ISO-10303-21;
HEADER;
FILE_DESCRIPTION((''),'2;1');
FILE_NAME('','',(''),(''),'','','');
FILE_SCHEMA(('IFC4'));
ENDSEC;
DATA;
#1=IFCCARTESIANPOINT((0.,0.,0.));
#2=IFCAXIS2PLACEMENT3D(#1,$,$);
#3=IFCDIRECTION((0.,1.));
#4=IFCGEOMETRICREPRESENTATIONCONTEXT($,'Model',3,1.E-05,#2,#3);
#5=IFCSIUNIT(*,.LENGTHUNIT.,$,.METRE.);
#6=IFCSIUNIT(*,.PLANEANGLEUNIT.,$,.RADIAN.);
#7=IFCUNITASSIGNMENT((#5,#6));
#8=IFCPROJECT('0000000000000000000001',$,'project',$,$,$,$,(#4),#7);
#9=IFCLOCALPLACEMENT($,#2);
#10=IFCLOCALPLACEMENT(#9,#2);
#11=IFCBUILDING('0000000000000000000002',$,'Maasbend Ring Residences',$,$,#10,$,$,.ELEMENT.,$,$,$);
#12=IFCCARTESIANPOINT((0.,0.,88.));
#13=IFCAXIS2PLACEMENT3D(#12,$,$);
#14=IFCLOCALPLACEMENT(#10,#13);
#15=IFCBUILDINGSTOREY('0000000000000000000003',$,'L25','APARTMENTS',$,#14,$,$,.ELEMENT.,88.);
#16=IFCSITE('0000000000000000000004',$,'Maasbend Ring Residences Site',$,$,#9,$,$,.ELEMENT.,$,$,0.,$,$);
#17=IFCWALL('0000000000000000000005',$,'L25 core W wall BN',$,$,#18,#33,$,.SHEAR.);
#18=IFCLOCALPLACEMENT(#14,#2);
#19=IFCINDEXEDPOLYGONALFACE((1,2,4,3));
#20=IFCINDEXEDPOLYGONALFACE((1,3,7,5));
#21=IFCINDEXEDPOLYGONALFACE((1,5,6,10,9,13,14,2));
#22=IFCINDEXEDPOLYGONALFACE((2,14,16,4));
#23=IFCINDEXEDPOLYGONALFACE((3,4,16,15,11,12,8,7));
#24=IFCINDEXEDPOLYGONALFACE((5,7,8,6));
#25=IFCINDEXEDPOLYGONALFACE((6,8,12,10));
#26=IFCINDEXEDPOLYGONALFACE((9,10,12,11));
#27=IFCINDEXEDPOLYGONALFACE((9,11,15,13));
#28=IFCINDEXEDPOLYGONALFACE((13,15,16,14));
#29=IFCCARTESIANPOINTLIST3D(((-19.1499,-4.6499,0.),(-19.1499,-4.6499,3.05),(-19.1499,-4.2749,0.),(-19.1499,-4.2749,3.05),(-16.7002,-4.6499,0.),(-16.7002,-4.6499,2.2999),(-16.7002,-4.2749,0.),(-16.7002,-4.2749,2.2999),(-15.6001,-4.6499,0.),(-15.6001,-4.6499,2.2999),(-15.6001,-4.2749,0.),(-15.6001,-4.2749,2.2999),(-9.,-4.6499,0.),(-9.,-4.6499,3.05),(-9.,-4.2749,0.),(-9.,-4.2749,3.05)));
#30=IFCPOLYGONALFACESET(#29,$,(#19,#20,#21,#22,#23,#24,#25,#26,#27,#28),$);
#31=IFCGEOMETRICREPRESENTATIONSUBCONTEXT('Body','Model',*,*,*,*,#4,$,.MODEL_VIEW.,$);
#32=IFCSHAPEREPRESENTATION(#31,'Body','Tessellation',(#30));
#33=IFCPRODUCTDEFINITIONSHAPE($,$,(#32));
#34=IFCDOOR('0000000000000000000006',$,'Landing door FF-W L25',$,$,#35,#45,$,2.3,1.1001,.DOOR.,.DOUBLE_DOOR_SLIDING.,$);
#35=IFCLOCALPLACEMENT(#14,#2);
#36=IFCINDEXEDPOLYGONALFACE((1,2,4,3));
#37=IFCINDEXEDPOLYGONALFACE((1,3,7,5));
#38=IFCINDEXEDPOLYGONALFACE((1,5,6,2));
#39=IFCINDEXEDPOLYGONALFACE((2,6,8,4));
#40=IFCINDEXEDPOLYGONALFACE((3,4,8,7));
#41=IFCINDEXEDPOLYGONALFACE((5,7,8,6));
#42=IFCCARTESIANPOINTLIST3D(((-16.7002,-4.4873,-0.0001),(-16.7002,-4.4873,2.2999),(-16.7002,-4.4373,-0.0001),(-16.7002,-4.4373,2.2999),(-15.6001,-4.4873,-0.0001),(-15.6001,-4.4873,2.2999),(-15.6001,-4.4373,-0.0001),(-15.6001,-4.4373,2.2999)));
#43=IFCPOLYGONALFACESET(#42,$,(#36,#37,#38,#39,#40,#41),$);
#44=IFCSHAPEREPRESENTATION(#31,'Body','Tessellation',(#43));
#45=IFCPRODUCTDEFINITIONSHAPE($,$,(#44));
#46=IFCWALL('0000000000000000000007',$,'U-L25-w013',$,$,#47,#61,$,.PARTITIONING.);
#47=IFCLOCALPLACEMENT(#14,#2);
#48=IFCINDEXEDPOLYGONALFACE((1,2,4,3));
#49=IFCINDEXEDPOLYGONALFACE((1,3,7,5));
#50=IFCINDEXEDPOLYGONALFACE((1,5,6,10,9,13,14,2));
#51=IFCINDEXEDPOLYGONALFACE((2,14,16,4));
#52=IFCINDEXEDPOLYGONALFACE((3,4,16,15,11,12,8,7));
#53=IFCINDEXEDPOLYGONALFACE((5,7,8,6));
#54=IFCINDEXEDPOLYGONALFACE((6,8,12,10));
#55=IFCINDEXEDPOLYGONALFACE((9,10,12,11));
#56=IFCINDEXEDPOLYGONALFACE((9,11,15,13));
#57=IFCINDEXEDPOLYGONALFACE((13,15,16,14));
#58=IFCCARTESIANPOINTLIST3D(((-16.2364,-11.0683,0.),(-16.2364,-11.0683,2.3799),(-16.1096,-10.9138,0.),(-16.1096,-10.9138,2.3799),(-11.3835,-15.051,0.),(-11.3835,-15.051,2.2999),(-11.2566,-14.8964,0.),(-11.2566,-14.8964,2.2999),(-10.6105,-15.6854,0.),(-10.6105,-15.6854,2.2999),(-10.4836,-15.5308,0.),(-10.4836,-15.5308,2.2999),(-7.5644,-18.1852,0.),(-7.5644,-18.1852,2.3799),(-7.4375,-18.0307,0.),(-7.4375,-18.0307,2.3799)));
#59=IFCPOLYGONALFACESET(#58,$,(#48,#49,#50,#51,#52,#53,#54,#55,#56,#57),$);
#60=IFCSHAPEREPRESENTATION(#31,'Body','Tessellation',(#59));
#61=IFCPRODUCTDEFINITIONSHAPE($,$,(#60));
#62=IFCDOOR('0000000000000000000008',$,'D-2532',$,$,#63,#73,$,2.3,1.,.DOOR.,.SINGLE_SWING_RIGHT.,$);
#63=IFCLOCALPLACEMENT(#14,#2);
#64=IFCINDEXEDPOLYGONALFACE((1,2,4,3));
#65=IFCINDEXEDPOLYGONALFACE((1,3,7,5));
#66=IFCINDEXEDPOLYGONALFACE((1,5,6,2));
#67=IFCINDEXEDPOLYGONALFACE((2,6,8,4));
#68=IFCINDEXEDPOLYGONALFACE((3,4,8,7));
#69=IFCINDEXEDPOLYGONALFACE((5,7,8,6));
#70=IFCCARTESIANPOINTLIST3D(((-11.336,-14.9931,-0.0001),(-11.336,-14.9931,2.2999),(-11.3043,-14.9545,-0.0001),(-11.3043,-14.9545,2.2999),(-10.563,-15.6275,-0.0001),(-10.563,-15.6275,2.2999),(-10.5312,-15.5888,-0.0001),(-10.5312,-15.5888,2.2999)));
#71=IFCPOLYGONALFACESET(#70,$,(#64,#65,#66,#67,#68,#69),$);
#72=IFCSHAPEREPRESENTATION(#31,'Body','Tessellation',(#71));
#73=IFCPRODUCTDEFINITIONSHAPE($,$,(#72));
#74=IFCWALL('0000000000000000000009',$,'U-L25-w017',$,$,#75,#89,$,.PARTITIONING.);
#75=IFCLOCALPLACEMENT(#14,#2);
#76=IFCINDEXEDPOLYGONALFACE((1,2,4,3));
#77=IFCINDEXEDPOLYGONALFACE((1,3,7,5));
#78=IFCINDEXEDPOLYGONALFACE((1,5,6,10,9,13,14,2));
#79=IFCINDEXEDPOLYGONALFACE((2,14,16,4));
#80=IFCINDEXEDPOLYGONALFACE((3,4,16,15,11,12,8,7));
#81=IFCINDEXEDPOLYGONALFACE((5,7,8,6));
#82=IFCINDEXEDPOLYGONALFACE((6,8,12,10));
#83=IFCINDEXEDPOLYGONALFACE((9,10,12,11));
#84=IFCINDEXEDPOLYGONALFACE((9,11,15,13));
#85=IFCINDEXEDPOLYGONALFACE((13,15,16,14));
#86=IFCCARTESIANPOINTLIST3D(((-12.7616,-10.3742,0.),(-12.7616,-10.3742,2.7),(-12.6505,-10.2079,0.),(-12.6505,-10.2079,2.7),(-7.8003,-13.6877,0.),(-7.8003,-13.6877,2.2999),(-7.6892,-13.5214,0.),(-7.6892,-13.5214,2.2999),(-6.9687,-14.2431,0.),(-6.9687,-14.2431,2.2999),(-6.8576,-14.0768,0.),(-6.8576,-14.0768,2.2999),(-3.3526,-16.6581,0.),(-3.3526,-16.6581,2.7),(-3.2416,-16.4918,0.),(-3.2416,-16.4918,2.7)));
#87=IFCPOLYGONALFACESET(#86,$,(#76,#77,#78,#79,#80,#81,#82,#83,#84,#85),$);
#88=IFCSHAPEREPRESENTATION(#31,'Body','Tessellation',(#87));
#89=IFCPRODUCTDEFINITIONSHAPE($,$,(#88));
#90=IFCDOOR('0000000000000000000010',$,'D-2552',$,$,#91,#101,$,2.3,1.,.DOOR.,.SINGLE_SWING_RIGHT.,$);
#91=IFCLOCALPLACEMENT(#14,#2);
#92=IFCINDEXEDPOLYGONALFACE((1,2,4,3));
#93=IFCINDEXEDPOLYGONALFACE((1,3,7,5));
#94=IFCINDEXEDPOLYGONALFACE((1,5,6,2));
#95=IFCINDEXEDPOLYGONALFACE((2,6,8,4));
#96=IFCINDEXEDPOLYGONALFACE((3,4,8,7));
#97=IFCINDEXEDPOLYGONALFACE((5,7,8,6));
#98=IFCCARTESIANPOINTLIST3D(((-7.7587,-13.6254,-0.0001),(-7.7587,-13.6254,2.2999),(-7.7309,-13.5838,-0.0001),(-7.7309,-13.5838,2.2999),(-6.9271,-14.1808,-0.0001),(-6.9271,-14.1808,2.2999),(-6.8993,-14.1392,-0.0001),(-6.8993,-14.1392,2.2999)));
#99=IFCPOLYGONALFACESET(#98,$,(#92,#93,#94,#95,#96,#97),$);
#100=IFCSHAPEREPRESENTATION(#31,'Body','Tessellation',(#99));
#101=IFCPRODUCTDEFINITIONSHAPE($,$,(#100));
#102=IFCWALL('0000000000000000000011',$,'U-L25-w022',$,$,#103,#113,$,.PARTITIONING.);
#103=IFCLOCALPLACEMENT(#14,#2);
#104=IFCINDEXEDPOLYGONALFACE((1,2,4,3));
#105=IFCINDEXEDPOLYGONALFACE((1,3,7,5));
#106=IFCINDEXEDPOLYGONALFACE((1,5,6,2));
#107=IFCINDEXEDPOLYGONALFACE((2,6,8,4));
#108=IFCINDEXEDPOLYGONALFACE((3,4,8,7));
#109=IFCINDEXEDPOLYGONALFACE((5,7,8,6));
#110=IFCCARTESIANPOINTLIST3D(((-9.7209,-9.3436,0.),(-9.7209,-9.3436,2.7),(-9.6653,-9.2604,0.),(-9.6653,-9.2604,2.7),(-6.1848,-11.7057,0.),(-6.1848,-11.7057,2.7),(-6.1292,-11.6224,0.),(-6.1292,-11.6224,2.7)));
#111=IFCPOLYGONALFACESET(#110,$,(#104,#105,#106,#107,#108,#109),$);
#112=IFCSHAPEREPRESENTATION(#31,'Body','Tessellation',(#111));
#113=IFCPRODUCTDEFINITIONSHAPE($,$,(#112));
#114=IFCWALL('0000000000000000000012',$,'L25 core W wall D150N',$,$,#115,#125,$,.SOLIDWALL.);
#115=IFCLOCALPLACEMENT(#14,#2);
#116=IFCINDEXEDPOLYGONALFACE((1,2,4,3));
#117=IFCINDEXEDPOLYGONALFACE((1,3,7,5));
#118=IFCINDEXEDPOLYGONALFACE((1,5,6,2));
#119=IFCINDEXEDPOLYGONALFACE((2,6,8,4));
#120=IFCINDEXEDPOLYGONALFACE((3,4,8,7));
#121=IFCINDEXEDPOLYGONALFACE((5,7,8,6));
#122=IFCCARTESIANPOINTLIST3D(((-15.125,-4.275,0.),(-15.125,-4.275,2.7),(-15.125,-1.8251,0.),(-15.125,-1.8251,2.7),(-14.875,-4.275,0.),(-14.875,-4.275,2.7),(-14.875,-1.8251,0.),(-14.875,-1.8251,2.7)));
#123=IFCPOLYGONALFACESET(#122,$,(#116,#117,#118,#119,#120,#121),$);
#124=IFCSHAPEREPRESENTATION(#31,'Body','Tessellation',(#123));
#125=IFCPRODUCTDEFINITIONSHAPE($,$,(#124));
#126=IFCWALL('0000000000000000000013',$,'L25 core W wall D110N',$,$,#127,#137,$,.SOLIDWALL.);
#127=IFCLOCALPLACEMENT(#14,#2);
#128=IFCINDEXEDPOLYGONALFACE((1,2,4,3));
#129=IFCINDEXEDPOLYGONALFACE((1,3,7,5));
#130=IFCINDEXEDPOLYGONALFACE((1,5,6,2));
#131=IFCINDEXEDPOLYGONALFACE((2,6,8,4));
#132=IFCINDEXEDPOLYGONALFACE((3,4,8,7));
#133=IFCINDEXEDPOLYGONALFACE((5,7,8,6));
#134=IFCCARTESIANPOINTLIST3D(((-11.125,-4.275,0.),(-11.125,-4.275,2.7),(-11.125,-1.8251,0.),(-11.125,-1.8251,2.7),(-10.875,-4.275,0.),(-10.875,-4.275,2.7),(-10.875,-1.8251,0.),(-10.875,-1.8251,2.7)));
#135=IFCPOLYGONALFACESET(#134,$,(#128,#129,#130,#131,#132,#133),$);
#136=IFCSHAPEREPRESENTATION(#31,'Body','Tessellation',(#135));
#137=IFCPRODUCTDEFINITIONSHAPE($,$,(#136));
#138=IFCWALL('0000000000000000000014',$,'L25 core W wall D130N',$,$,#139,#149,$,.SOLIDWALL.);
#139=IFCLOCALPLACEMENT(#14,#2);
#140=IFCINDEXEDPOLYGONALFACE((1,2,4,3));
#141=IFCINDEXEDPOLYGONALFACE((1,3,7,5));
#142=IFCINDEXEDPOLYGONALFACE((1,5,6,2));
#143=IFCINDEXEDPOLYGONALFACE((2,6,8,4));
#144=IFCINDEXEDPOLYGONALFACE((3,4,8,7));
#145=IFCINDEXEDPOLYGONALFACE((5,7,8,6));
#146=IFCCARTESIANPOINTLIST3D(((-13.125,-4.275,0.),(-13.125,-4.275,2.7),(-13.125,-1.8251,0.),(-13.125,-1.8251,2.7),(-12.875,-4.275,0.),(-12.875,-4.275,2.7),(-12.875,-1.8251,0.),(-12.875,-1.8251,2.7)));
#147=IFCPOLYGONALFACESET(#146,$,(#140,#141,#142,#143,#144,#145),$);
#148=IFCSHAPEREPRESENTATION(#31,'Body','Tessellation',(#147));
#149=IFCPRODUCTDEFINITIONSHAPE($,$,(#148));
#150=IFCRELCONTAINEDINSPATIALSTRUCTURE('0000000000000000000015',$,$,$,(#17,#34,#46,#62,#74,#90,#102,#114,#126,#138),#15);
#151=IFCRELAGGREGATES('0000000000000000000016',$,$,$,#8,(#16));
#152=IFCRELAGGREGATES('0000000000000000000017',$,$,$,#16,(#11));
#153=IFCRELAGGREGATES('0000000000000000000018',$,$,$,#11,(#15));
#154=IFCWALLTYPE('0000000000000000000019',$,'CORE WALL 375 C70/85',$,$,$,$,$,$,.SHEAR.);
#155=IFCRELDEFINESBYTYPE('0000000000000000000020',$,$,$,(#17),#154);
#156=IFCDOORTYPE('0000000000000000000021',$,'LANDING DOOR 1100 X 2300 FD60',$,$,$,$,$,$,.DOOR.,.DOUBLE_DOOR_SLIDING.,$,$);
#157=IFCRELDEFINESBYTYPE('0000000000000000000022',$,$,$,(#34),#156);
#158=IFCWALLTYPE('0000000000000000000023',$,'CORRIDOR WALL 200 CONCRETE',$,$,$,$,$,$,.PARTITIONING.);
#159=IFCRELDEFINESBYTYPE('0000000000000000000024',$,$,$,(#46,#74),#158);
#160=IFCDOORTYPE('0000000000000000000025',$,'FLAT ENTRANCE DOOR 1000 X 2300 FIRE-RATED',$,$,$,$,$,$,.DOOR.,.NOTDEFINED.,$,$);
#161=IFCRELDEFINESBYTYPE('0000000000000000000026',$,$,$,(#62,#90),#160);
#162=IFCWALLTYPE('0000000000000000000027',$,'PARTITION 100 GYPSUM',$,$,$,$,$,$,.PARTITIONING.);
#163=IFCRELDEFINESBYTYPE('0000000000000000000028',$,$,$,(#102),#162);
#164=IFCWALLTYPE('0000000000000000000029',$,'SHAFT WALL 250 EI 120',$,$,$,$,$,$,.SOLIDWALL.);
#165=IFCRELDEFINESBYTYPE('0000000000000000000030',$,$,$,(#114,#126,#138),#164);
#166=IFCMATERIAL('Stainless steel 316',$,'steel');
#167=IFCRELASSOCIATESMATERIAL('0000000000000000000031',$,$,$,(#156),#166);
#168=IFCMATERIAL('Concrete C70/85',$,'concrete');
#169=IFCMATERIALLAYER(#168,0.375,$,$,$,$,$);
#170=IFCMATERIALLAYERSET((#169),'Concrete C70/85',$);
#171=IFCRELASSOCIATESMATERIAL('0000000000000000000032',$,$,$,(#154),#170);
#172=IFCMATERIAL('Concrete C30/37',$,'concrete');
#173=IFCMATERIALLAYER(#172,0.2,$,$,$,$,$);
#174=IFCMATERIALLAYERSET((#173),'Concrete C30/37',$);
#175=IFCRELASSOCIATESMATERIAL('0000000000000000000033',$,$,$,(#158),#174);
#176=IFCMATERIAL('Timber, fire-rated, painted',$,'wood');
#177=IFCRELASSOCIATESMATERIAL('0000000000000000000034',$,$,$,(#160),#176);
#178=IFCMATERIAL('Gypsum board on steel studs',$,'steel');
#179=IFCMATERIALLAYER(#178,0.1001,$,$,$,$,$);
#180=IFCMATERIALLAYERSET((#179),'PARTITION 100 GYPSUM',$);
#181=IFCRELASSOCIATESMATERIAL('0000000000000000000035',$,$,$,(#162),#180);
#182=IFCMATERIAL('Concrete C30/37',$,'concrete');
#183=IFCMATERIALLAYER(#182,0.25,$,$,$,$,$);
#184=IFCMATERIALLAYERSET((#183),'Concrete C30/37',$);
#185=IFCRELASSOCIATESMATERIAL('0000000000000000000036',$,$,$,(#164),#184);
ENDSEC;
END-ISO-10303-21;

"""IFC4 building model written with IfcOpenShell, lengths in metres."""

from ifc_helpers import new_model, si_unit, direction, frame, frame_2d, origin, place, context, subcontext, project, spatial, rectangle, extrude, material, layer, layer_set, type_object, element, fill, save


model = new_model("IFC4")

# Units and contexts
model_context = context("Model", 3, precision=1e-05, world=origin(), true_north=direction((0.0, 1.0)))
body_context = subcontext(model_context, "Body", "Model", "MODEL_VIEW")
ifc_project = project(units=[si_unit("LENGTHUNIT", "METRE"), si_unit("PLANEANGLEUNIT", "RADIAN")], contexts=[model_context])

# Site, building, storey
site_placement = place(None, origin())
site = spatial("IfcSite", under=ifc_project, at=site_placement, Name="Maasbend Ring Residences Site", CompositionType="ELEMENT", RefElevation=0.0)
building_placement = place(site_placement, origin())
building = spatial("IfcBuilding", under=site, at=building_placement, Name="Maasbend Ring Residences", CompositionType="ELEMENT")
storey_placement = place(building_placement, frame((0.0, 0.0, 88.0)))
storey = spatial("IfcBuildingStorey", under=building, at=storey_placement, Name="L25", Description="APARTMENTS", CompositionType="ELEMENT", Elevation=88.0)

# Shared definitions
ifc_material_1 = material(Name="Stainless steel 316", Category="steel")
door_type_1 = type_object("IfcDoorType", Name="LANDING DOOR 1100 X 2300 FD60", OperationType="DOUBLE_DOOR_SLIDING", PredefinedType="DOOR", material=ifc_material_1)

# Walls, openings, doors
ifc_material_2 = material(Name="Concrete C70/85", Category="concrete")
ifc_layer_1 = layer(ifc_material_2, 0.375)
ifc_layer_set_1 = layer_set([ifc_layer_1], Name="Concrete C70/85")
wall_type_1 = type_object("IfcWallType", Name="CORE WALL 375 C70/85", PredefinedType="SHEAR", material=ifc_layer_set_1)
wall_1_placement = place(storey_placement, frame((-9.0, -4.4624, 0.0), z_axis=(0.0, 0.0, 1.0), x_axis=(-1.0, 0.0, 0.0)))
wall_1 = element("IfcWall", 1, at=wall_1_placement, inside=storey, type_object=wall_type_1, Name="L25 core W wall BN", PredefinedType="SHEAR", context=body_context, shape_type="SweptSolid", body=[
    extrude(rectangle(XDim=10.1499, YDim=0.375, at=frame_2d((5.075, 0.0))), origin(), (0.0, 0.0, 1.0), 3.05),
])
opening_1_placement = place(wall_1_placement, frame((6.6001, 0.0, 0.0)))
opening_1 = element("IfcOpeningElement", 2, at=opening_1_placement, cuts=wall_1, PredefinedType="OPENING", context=body_context, shape_type="SweptSolid", body=[
    extrude(rectangle(XDim=1.1001, YDim=2.3, at=frame_2d((0.55, 1.1499))), frame((0.0, 0.1975, 0.0), z_axis=(0.0, -1.0, 0.0), x_axis=(1.0, 0.0, 0.0)), (0.0, 0.0, 1.0), 0.395),
])
door_1_placement = place(opening_1_placement, origin())
door_1 = element("IfcDoor", 3, at=door_1_placement, inside=storey, type_object=door_type_1, Name="Landing door FF-W L25", OperationType="DOUBLE_DOOR_SLIDING", OverallHeight=2.3, OverallWidth=1.1001, PredefinedType="DOOR", context=body_context, shape_type="SweptSolid", body=[
    extrude(rectangle(XDim=1.1001, YDim=2.3, at=frame_2d((0.55, 1.1499))), frame((0.0, 0.0249, 0.0), z_axis=(0.0, -1.0, 0.0), x_axis=(1.0, 0.0, 0.0)), (0.0, 0.0, 1.0), 0.05),
])
fill(opening_1, door_1)
ifc_material_3 = material(Name="Concrete C30/37", Category="concrete")
ifc_layer_2 = layer(ifc_material_3, 0.2)
ifc_layer_set_2 = layer_set([ifc_layer_2], Name="Concrete C30/37")
wall_type_2 = type_object("IfcWallType", Name="CORRIDOR WALL 200 CONCRETE", PredefinedType="PARTITIONING", material=ifc_layer_set_2)
wall_2_placement = place(storey_placement, frame((-16.1731, -10.991, 0.0), z_axis=(0.0, 0.0, 1.0), x_axis=(0.773014, -0.634389, 0.0)))
wall_2 = element("IfcWall", 4, at=wall_2_placement, inside=storey, type_object=wall_type_2, Name="U-L25-w013", PredefinedType="PARTITIONING", context=body_context, shape_type="SweptSolid", body=[
    extrude(rectangle(XDim=11.2185, YDim=0.2, at=frame_2d((5.6094, 0.0))), origin(), (0.0, 0.0, 1.0), 2.3799),
])
opening_2_placement = place(wall_2_placement, frame((6.2781, 0.0, 0.0)))
opening_2 = element("IfcOpeningElement", 5, at=opening_2_placement, cuts=wall_2, PredefinedType="OPENING", context=body_context, shape_type="SweptSolid", body=[
    extrude(rectangle(XDim=1.0, YDim=2.3, at=frame_2d((0.5, 1.1499))), frame((0.0, 0.1099, 0.0), z_axis=(0.0, -1.0, 0.0), x_axis=(1.0, 0.0, 0.0)), (0.0, 0.0, 1.0), 0.22),
])
ifc_material_4 = material(Name="Timber, fire-rated, painted", Category="wood")
door_type_2 = type_object("IfcDoorType", Name="FLAT ENTRANCE DOOR 1000 X 2300 FIRE-RATED", OperationType="NOTDEFINED", PredefinedType="DOOR", material=ifc_material_4)
door_2_placement = place(opening_2_placement, origin())
door_2 = element("IfcDoor", 6, at=door_2_placement, inside=storey, type_object=door_type_2, Name="D-2532", OperationType="SINGLE_SWING_RIGHT", OverallHeight=2.3, OverallWidth=1.0, PredefinedType="DOOR", context=body_context, shape_type="SweptSolid", body=[
    extrude(rectangle(XDim=1.0, YDim=2.3, at=frame_2d((0.5, 1.1499))), frame((0.0, 0.0249, 0.0), z_axis=(0.0, -1.0, 0.0), x_axis=(1.0, 0.0, 0.0)), (0.0, 0.0, 1.0), 0.05),
])
fill(opening_2, door_2)
wall_3_placement = place(storey_placement, frame((-12.7061, -10.291, 0.0), z_axis=(0.0, 0.0, 1.0), x_axis=(0.831589, -0.555392, 0.0)))
wall_3 = element("IfcWall", 7, at=wall_3_placement, inside=storey, type_object=wall_type_2, Name="U-L25-w017", PredefinedType="PARTITIONING", context=body_context, shape_type="SweptSolid", body=[
    extrude(rectangle(XDim=11.3145, YDim=0.2, at=frame_2d((5.6572, 0.0))), origin(), (0.0, 0.0, 1.0), 2.7),
])
opening_3_placement = place(wall_3_placement, frame((5.9661, 0.0, 0.0)))
opening_3 = element("IfcOpeningElement", 8, at=opening_3_placement, cuts=wall_3, PredefinedType="OPENING", context=body_context, shape_type="SweptSolid", body=[
    extrude(rectangle(XDim=1.0, YDim=2.3, at=frame_2d((0.5, 1.1499))), frame((0.0, 0.1099, 0.0), z_axis=(0.0, -1.0, 0.0), x_axis=(1.0, 0.0, 0.0)), (0.0, 0.0, 1.0), 0.22),
])
door_3_placement = place(opening_3_placement, origin())
door_3 = element("IfcDoor", 9, at=door_3_placement, inside=storey, type_object=door_type_2, Name="D-2552", OperationType="SINGLE_SWING_RIGHT", OverallHeight=2.3, OverallWidth=1.0, PredefinedType="DOOR", context=body_context, shape_type="SweptSolid", body=[
    extrude(rectangle(XDim=1.0, YDim=2.3, at=frame_2d((0.5, 1.1499))), frame((0.0, 0.0249, 0.0), z_axis=(0.0, -1.0, 0.0), x_axis=(1.0, 0.0, 0.0)), (0.0, 0.0, 1.0), 0.05),
])
fill(opening_3, door_3)

# Walls
ifc_material_5 = material(Name="Gypsum board on steel studs", Category="steel")
ifc_layer_3 = layer(ifc_material_5, 0.1001)
ifc_layer_set_3 = layer_set([ifc_layer_3], Name="PARTITION 100 GYPSUM")
wall_type_3 = type_object("IfcWallType", Name="PARTITION 100 GYPSUM", PredefinedType="PARTITIONING", material=ifc_layer_set_3)
wall_4_placement = place(storey_placement, frame((-9.6931, -9.302, 0.0), z_axis=(0.0, 0.0, 1.0), x_axis=(0.831546, -0.555455, 0.0)))
element("IfcWall", 10, at=wall_4_placement, inside=storey, type_object=wall_type_3, Name="U-L25-w022", PredefinedType="PARTITIONING", context=body_context, shape_type="SweptSolid", body=[
    extrude(rectangle(XDim=4.2524, YDim=0.1001, at=frame_2d((2.1262, 0.0))), origin(), (0.0, 0.0, 1.0), 2.7),
])
ifc_material_6 = material(Name="Concrete C30/37", Category="concrete")
ifc_layer_4 = layer(ifc_material_6, 0.25)
ifc_layer_set_4 = layer_set([ifc_layer_4], Name="Concrete C30/37")
wall_type_4 = type_object("IfcWallType", Name="SHAFT WALL 250 EI 120", PredefinedType="SOLIDWALL", material=ifc_layer_set_4)
for number, where, z_axis, x_axis, name in (
    (11, (-15.0, -1.825, 0.0), (0.0, 0.0, 1.0), (0.0, -1.0, 0.0), "L25 core W wall D150N"),
    (12, (-11.0, -1.825, 0.0), (0.0, 0.0, 1.0), (0.0, -1.0, 0.0), "L25 core W wall D110N"),
    (13, (-13.0, -1.825, 0.0), (0.0, 0.0, 1.0), (0.0, -1.0, 0.0), "L25 core W wall D130N"),
):
    element("IfcWall", number, at=place(storey_placement, frame(where, z_axis=z_axis, x_axis=x_axis)), inside=storey, type_object=wall_type_4, Name=name, PredefinedType="SOLIDWALL", context=body_context, shape_type="SweptSolid", body=[
        extrude(rectangle(XDim=2.45, YDim=0.25, at=frame_2d((1.2251, 0.0))), origin(), (0.0, 0.0, 1.0), 2.7),
    ])

save(model, "model.ifc")
